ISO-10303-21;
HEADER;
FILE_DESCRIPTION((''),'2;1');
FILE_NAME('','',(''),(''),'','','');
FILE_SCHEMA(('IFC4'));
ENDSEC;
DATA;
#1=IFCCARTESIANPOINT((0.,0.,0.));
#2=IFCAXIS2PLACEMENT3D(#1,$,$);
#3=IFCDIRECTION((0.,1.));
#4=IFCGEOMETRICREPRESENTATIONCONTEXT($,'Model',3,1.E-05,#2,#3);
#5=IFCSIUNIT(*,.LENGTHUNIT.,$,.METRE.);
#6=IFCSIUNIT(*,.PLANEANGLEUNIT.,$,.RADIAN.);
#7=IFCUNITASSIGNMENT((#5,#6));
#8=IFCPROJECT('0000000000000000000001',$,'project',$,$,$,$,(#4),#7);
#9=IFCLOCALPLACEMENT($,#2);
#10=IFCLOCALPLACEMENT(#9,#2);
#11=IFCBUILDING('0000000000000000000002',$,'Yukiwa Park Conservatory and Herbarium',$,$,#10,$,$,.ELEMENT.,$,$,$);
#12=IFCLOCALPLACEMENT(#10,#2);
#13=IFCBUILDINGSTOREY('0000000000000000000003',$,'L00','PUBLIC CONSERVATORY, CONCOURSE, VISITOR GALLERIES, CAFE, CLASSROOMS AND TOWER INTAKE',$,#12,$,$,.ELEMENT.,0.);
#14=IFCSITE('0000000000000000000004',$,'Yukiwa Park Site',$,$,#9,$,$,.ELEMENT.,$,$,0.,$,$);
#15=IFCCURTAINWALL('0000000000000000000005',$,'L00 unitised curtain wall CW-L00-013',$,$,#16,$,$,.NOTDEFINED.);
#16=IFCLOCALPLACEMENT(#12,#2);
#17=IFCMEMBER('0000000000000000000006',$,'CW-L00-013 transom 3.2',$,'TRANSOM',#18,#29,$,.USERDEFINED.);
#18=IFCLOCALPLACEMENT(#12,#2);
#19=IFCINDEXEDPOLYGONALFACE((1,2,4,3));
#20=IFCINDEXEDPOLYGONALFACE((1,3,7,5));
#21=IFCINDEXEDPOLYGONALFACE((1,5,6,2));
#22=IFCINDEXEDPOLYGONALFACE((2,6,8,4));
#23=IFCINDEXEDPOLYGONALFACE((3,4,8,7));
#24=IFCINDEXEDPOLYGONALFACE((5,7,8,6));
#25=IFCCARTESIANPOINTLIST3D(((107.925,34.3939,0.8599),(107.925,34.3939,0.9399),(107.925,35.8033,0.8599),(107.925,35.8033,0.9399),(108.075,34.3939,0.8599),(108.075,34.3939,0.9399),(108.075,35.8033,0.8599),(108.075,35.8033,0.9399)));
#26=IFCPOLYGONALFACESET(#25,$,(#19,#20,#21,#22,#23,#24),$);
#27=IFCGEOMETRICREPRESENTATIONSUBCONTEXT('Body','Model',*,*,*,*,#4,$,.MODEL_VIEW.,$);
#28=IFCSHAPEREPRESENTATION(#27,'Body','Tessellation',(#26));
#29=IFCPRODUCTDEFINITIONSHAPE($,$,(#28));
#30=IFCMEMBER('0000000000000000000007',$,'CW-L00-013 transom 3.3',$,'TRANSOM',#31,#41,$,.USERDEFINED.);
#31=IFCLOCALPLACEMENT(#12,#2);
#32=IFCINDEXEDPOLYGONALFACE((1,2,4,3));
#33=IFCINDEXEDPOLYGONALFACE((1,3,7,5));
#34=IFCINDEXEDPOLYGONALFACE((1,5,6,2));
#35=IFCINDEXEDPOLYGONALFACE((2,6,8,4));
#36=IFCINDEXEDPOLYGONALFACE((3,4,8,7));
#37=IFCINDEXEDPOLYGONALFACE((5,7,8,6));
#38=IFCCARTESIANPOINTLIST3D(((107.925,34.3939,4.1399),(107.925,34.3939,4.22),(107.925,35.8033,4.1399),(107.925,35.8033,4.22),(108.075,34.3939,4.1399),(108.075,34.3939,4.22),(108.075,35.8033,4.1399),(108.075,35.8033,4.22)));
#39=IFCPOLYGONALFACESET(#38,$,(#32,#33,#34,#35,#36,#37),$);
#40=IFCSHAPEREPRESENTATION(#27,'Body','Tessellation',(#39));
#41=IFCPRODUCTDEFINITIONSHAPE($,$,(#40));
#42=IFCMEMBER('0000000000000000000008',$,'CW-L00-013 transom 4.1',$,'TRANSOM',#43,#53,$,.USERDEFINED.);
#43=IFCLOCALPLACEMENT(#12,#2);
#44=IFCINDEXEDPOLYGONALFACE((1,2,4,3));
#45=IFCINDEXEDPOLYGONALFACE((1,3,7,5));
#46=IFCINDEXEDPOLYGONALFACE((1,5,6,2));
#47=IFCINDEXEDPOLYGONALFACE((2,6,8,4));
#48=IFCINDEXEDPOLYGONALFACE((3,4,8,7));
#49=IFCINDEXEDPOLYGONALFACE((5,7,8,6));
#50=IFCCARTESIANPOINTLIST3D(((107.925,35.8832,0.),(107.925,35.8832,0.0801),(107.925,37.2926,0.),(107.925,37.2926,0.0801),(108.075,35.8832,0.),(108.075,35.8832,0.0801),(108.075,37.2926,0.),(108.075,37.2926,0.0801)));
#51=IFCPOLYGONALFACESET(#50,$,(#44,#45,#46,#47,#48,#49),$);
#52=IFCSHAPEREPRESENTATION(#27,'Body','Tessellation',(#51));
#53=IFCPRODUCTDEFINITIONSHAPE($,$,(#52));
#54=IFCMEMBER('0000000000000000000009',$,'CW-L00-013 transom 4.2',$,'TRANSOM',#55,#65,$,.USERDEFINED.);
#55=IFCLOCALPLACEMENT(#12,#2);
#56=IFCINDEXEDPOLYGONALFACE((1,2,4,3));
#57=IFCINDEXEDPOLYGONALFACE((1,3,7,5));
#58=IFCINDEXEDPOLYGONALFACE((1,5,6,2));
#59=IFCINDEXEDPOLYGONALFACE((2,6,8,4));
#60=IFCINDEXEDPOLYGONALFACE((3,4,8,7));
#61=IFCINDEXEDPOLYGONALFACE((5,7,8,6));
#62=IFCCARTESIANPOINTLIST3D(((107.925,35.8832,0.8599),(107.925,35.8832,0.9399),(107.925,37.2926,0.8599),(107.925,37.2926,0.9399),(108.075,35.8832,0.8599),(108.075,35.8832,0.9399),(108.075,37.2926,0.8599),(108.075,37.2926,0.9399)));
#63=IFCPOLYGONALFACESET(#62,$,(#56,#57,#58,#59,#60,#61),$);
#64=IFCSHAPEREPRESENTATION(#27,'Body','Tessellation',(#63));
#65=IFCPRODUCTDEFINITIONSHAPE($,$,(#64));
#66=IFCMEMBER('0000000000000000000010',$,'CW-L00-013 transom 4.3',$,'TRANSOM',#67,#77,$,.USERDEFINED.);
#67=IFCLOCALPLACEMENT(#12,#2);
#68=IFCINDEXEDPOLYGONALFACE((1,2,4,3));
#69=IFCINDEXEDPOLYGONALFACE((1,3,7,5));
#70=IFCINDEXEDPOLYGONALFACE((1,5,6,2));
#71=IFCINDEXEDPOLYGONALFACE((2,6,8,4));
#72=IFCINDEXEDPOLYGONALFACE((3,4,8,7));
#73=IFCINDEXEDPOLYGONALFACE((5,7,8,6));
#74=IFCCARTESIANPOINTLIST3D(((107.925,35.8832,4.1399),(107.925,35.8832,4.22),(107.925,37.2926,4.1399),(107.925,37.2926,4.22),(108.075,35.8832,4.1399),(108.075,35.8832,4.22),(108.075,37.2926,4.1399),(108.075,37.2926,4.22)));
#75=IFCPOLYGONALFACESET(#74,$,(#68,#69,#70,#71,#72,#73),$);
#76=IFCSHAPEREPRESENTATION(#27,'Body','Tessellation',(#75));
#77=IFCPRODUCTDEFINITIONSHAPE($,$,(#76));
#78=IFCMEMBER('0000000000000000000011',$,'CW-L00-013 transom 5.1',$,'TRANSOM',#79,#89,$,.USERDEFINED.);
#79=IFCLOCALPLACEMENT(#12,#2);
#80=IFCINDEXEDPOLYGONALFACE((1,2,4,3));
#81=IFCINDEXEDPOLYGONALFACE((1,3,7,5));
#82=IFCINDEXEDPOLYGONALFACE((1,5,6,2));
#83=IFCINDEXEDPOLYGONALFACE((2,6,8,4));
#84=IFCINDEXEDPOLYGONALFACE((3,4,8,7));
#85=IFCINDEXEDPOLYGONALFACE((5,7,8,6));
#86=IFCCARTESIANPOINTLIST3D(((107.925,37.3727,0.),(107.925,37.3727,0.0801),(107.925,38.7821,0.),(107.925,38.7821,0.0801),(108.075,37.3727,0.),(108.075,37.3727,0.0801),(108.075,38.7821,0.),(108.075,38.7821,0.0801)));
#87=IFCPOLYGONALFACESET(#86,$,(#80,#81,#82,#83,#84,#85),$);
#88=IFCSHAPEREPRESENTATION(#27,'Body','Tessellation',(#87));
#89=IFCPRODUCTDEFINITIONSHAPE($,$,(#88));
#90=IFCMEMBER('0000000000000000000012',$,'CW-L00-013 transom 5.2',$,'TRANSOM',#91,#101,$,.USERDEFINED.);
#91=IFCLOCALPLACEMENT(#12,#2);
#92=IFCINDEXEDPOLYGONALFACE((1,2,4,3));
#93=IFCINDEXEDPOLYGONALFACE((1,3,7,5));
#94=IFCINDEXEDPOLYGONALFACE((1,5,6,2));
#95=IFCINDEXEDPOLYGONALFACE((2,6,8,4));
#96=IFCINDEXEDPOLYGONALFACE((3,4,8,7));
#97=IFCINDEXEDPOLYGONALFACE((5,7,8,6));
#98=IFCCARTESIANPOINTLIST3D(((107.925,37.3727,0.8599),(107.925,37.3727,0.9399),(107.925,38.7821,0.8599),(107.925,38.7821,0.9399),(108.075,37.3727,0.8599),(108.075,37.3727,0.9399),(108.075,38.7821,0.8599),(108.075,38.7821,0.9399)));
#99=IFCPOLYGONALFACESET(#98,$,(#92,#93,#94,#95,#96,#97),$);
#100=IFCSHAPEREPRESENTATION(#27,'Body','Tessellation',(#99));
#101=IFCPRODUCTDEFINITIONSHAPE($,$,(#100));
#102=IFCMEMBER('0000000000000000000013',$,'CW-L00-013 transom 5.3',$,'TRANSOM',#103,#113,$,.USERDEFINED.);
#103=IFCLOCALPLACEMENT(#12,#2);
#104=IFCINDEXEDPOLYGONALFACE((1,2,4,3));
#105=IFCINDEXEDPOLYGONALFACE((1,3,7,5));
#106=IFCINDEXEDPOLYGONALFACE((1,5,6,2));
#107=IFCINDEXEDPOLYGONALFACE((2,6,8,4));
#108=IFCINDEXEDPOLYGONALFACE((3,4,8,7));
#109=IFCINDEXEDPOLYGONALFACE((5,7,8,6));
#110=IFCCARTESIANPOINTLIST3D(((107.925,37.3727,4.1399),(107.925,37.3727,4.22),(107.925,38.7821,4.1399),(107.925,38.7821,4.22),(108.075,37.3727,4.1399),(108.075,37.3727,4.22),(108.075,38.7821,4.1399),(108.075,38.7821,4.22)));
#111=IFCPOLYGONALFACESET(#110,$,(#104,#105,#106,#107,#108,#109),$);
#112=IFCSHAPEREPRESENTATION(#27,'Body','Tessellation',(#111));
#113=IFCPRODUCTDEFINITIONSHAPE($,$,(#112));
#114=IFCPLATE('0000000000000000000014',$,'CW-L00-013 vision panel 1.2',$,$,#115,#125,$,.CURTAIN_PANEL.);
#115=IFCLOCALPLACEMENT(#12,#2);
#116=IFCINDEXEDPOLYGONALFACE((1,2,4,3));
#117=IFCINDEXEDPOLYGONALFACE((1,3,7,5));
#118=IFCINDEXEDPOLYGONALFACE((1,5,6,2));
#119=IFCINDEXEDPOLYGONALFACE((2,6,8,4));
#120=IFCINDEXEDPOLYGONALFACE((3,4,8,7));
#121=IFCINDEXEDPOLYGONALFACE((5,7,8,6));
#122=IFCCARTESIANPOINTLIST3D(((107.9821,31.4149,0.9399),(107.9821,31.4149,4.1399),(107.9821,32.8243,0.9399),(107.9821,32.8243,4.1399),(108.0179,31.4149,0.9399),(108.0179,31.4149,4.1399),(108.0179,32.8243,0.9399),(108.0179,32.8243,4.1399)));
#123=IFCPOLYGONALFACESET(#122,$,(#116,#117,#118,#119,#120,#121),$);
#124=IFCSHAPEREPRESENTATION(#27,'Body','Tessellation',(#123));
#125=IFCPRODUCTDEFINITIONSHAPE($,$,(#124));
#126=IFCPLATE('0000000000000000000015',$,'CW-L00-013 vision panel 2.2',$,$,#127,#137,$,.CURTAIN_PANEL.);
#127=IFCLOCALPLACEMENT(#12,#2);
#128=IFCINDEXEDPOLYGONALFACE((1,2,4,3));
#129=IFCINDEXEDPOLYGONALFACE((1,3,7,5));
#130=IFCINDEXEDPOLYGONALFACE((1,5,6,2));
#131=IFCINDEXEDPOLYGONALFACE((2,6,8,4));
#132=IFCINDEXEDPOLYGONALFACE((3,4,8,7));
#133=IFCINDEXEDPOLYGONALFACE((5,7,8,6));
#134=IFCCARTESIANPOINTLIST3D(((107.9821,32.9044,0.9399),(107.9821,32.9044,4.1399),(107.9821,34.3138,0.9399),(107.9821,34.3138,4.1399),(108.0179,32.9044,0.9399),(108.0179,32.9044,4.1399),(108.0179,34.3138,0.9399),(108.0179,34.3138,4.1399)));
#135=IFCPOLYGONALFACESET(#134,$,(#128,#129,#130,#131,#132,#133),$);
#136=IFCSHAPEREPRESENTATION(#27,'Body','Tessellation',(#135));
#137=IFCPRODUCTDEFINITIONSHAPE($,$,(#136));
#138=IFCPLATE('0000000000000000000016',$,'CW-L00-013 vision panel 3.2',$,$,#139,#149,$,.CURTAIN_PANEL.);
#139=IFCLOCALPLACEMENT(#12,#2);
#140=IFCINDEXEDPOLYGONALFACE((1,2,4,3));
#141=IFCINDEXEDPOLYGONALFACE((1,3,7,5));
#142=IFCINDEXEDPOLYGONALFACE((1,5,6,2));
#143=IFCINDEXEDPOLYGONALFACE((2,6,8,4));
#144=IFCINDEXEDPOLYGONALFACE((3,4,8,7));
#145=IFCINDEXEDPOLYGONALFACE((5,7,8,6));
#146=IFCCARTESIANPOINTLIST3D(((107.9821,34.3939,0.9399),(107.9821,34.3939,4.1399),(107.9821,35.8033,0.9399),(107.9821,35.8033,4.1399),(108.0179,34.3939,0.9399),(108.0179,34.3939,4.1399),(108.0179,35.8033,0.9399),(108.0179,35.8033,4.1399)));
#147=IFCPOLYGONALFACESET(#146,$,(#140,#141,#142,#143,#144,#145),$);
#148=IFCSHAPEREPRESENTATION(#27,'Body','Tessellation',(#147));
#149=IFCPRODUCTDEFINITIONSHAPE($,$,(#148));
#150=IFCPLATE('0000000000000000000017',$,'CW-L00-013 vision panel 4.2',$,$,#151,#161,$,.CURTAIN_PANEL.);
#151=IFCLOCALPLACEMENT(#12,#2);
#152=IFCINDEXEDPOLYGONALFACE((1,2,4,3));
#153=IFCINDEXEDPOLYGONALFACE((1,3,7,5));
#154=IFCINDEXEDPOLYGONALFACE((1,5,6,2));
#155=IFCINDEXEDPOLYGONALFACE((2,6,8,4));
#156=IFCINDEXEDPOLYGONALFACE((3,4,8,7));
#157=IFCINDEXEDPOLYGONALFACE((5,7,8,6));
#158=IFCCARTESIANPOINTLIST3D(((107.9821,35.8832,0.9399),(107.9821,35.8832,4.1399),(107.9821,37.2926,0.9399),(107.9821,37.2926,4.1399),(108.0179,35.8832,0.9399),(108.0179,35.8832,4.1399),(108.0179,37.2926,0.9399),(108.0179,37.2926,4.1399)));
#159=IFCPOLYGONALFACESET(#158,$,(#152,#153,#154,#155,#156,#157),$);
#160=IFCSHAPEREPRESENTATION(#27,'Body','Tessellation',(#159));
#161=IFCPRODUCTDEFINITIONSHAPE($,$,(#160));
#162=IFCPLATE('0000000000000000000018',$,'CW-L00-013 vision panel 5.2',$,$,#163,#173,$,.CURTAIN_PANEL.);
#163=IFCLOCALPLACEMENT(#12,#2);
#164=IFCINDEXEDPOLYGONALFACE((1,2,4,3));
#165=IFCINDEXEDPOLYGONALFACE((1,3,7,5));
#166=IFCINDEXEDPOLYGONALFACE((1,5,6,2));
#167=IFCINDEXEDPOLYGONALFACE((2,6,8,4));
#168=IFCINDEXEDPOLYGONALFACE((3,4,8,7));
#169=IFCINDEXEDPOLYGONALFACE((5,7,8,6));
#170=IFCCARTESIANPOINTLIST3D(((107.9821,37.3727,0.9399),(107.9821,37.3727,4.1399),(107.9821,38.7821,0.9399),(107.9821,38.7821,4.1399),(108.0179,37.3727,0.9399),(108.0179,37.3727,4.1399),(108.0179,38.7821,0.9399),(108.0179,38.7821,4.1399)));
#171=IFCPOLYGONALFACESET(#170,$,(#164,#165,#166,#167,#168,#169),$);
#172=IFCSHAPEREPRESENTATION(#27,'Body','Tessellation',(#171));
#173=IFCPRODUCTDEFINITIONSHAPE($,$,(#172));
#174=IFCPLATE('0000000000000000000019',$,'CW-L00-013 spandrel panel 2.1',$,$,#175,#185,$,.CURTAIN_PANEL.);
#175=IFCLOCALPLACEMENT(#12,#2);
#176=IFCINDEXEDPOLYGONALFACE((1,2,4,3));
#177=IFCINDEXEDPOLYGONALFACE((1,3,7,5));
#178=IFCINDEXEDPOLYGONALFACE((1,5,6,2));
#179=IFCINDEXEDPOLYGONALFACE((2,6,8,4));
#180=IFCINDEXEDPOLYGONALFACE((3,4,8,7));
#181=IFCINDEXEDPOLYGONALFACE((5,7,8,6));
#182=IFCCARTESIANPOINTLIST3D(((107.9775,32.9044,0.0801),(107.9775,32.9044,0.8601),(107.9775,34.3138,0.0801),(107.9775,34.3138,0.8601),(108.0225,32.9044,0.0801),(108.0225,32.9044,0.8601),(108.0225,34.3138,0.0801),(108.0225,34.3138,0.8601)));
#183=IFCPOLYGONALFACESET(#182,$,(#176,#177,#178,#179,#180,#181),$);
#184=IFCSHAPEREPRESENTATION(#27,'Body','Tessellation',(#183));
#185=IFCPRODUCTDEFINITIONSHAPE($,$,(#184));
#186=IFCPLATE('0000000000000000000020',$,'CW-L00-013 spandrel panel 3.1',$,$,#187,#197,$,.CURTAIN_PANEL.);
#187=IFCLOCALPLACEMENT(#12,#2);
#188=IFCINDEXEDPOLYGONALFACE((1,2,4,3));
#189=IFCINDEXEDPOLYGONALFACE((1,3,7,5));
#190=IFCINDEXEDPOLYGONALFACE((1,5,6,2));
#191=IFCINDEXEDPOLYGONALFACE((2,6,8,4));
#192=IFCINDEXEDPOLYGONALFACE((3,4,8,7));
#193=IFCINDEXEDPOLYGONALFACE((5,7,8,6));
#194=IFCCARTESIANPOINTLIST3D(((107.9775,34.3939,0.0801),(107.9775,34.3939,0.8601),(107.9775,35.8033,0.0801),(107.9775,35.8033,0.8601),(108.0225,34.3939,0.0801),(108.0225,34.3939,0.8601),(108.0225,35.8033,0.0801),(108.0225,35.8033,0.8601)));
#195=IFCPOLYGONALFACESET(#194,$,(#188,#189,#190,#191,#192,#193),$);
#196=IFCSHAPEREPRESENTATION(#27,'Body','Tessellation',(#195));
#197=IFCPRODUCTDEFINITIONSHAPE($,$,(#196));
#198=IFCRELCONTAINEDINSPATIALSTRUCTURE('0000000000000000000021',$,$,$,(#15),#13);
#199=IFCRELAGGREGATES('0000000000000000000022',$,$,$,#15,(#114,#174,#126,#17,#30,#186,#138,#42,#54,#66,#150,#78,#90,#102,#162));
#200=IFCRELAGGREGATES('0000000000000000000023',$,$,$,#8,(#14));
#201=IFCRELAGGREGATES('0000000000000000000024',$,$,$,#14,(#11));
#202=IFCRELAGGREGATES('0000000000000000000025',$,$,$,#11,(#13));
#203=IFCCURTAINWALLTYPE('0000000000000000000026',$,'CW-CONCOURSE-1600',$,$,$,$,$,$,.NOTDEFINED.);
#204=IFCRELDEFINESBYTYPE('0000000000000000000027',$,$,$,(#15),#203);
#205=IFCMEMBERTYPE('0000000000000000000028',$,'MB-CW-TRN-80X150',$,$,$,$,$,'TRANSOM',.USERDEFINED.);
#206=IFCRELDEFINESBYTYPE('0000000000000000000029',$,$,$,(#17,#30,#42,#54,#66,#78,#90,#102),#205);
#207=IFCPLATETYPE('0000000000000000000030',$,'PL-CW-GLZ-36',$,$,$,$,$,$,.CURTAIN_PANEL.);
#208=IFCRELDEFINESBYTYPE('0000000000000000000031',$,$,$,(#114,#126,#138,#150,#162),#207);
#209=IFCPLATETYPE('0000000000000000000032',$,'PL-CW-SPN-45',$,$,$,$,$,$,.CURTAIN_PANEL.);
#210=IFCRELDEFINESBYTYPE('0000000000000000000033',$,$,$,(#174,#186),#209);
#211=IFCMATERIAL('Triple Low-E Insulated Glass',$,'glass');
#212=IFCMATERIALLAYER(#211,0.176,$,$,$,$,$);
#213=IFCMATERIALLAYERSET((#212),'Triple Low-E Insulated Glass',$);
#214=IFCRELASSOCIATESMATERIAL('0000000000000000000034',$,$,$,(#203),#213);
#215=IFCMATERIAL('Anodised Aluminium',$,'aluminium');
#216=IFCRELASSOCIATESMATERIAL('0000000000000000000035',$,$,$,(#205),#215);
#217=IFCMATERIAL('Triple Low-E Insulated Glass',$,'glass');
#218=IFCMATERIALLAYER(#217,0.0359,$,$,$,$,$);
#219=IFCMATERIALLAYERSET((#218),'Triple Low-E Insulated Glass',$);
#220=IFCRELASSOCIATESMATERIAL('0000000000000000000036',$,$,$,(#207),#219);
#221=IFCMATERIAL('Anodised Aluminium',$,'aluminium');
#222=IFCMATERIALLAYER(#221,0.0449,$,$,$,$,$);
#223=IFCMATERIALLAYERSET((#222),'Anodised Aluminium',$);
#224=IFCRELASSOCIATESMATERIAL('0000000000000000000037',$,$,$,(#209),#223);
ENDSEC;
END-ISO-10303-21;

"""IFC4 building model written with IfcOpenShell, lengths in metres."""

from ifc_helpers import new_model, si_unit, direction, frame, origin, origin_2d, place, context, subcontext, project, spatial, rectangle, extrude, material, layer, layer_set, type_object, element, aggregate, save


model = new_model("IFC4")

# Units and contexts
model_context = context("Model", 3, precision=1e-05, world=origin(), true_north=direction((0.0, 1.0)))
body_context = subcontext(model_context, "Body", "Model", "MODEL_VIEW")
ifc_project = project(units=[si_unit("LENGTHUNIT", "METRE"), si_unit("PLANEANGLEUNIT", "RADIAN")], contexts=[model_context])

# Site, building, storey
site_placement = place(None, origin())
site = spatial("IfcSite", under=ifc_project, at=site_placement, Name="Yukiwa Park Site", CompositionType="ELEMENT", RefElevation=0.0)
building_placement = place(site_placement, origin())
building = spatial("IfcBuilding", under=site, at=building_placement, Name="Yukiwa Park Conservatory and Herbarium", CompositionType="ELEMENT")
storey_placement = place(building_placement, origin())
storey = spatial("IfcBuildingStorey", under=building, at=storey_placement, Name="L00", Description="PUBLIC CONSERVATORY, CONCOURSE, VISITOR GALLERIES, CAFE, CLASSROOMS AND TOWER INTAKE", CompositionType="ELEMENT", Elevation=0.0)

# Curtain wall, members, plates
ifc_material_1 = material(Name="Triple Low-E Insulated Glass", Category="glass")
ifc_layer_1 = layer(ifc_material_1, 0.176)
ifc_layer_set_1 = layer_set([ifc_layer_1], Name="Triple Low-E Insulated Glass")
curtain_wall_type = type_object("IfcCurtainWallType", Name="CW-CONCOURSE-1600", PredefinedType="NOTDEFINED", material=ifc_layer_set_1)
curtain_wall_placement = place(storey_placement, origin())
curtain_wall = element("IfcCurtainWall", 1, at=curtain_wall_placement, inside=storey, type_object=curtain_wall_type, Name="L00 unitised curtain wall CW-L00-013", PredefinedType="NOTDEFINED")
ifc_material_2 = material(Name="Anodised Aluminium", Category="aluminium")
member_type_1 = type_object("IfcMemberType", Name="MB-CW-TRN-80X150", ElementType="TRANSOM", PredefinedType="USERDEFINED", material=ifc_material_2)
member_1_placement = place(storey_placement, frame((108.0, 35.0986, 0.8599), z_axis=(0.0, 0.0, 1.0), x_axis=(0.0, 1.0, 0.0)))
member_1 = element("IfcMember", 2, at=member_1_placement, type_object=member_type_1, Name="CW-L00-013 transom 3.2", ObjectType="TRANSOM", PredefinedType="USERDEFINED", context=body_context, shape_type="SweptSolid", body=[
    extrude(rectangle(XDim=1.4094, YDim=0.1499, at=origin_2d()), origin(), (0.0, 0.0, 1.0), 0.0801),
])
member_2_placement = place(storey_placement, frame((108.0, 35.0986, 4.1399), z_axis=(0.0, 0.0, 1.0), x_axis=(0.0, 1.0, 0.0)))
member_2 = element("IfcMember", 3, at=member_2_placement, type_object=member_type_1, Name="CW-L00-013 transom 3.3", ObjectType="TRANSOM", PredefinedType="USERDEFINED", context=body_context, shape_type="SweptSolid", body=[
    extrude(rectangle(XDim=1.4094, YDim=0.1499, at=origin_2d()), origin(), (0.0, 0.0, 1.0), 0.0801),
])
member_3_placement = place(storey_placement, frame((108.0, 36.5879, 0.0), z_axis=(0.0, 0.0, 1.0), x_axis=(0.0, 1.0, 0.0)))
member_3 = element("IfcMember", 4, at=member_3_placement, type_object=member_type_1, Name="CW-L00-013 transom 4.1", ObjectType="TRANSOM", PredefinedType="USERDEFINED", context=body_context, shape_type="SweptSolid", body=[
    extrude(rectangle(XDim=1.4094, YDim=0.1499, at=origin_2d()), origin(), (0.0, 0.0, 1.0), 0.0801),
])
member_4_placement = place(storey_placement, frame((108.0, 36.5879, 0.8599), z_axis=(0.0, 0.0, 1.0), x_axis=(0.0, 1.0, 0.0)))
member_4 = element("IfcMember", 5, at=member_4_placement, type_object=member_type_1, Name="CW-L00-013 transom 4.2", ObjectType="TRANSOM", PredefinedType="USERDEFINED", context=body_context, shape_type="SweptSolid", body=[
    extrude(rectangle(XDim=1.4094, YDim=0.1499, at=origin_2d()), origin(), (0.0, 0.0, 1.0), 0.0801),
])
member_5_placement = place(storey_placement, frame((108.0, 36.5879, 4.1399), z_axis=(0.0, 0.0, 1.0), x_axis=(0.0, 1.0, 0.0)))
member_5 = element("IfcMember", 6, at=member_5_placement, type_object=member_type_1, Name="CW-L00-013 transom 4.3", ObjectType="TRANSOM", PredefinedType="USERDEFINED", context=body_context, shape_type="SweptSolid", body=[
    extrude(rectangle(XDim=1.4094, YDim=0.1499, at=origin_2d()), origin(), (0.0, 0.0, 1.0), 0.0801),
])
member_6_placement = place(storey_placement, frame((108.0, 38.0774, 0.0), z_axis=(0.0, 0.0, 1.0), x_axis=(0.0, 1.0, 0.0)))
member_6 = element("IfcMember", 7, at=member_6_placement, type_object=member_type_1, Name="CW-L00-013 transom 5.1", ObjectType="TRANSOM", PredefinedType="USERDEFINED", context=body_context, shape_type="SweptSolid", body=[
    extrude(rectangle(XDim=1.4094, YDim=0.1499, at=origin_2d()), origin(), (0.0, 0.0, 1.0), 0.0801),
])
member_7_placement = place(storey_placement, frame((108.0, 38.0774, 0.8599), z_axis=(0.0, 0.0, 1.0), x_axis=(0.0, 1.0, 0.0)))
member_7 = element("IfcMember", 8, at=member_7_placement, type_object=member_type_1, Name="CW-L00-013 transom 5.2", ObjectType="TRANSOM", PredefinedType="USERDEFINED", context=body_context, shape_type="SweptSolid", body=[
    extrude(rectangle(XDim=1.4094, YDim=0.1499, at=origin_2d()), origin(), (0.0, 0.0, 1.0), 0.0801),
])
member_8_placement = place(storey_placement, frame((108.0, 38.0774, 4.1399), z_axis=(0.0, 0.0, 1.0), x_axis=(0.0, 1.0, 0.0)))
member_8 = element("IfcMember", 9, at=member_8_placement, type_object=member_type_1, Name="CW-L00-013 transom 5.3", ObjectType="TRANSOM", PredefinedType="USERDEFINED", context=body_context, shape_type="SweptSolid", body=[
    extrude(rectangle(XDim=1.4094, YDim=0.1499, at=origin_2d()), origin(), (0.0, 0.0, 1.0), 0.0801),
])
ifc_material_3 = material(Name="Triple Low-E Insulated Glass", Category="glass")
ifc_layer_2 = layer(ifc_material_3, 0.0359)
ifc_layer_set_2 = layer_set([ifc_layer_2], Name="Triple Low-E Insulated Glass")
plate_type_1 = type_object("IfcPlateType", Name="PL-CW-GLZ-36", PredefinedType="CURTAIN_PANEL", material=ifc_layer_set_2)
plate_1_placement = place(storey_placement, frame((108.0, 32.1196, 0.9399), z_axis=(0.0, 0.0, 1.0), x_axis=(0.0, 1.0, 0.0)))
plate_1 = element("IfcPlate", 10, at=plate_1_placement, type_object=plate_type_1, Name="CW-L00-013 vision panel 1.2", PredefinedType="CURTAIN_PANEL", context=body_context, shape_type="SweptSolid", body=[
    extrude(rectangle(XDim=1.4094, YDim=0.0359, at=origin_2d()), origin(), (0.0, 0.0, 1.0), 3.2),
])
plate_2_placement = place(storey_placement, frame((108.0, 33.6091, 0.9399), z_axis=(0.0, 0.0, 1.0), x_axis=(0.0, 1.0, 0.0)))
plate_2 = element("IfcPlate", 11, at=plate_2_placement, type_object=plate_type_1, Name="CW-L00-013 vision panel 2.2", PredefinedType="CURTAIN_PANEL", context=body_context, shape_type="SweptSolid", body=[
    extrude(rectangle(XDim=1.4094, YDim=0.0359, at=origin_2d()), origin(), (0.0, 0.0, 1.0), 3.2),
])
plate_3_placement = place(storey_placement, frame((108.0, 35.0986, 0.9399), z_axis=(0.0, 0.0, 1.0), x_axis=(0.0, 1.0, 0.0)))
plate_3 = element("IfcPlate", 12, at=plate_3_placement, type_object=plate_type_1, Name="CW-L00-013 vision panel 3.2", PredefinedType="CURTAIN_PANEL", context=body_context, shape_type="SweptSolid", body=[
    extrude(rectangle(XDim=1.4094, YDim=0.0359, at=origin_2d()), origin(), (0.0, 0.0, 1.0), 3.2),
])
plate_4_placement = place(storey_placement, frame((108.0, 36.5879, 0.9399), z_axis=(0.0, 0.0, 1.0), x_axis=(0.0, 1.0, 0.0)))
plate_4 = element("IfcPlate", 13, at=plate_4_placement, type_object=plate_type_1, Name="CW-L00-013 vision panel 4.2", PredefinedType="CURTAIN_PANEL", context=body_context, shape_type="SweptSolid", body=[
    extrude(rectangle(XDim=1.4094, YDim=0.0359, at=origin_2d()), origin(), (0.0, 0.0, 1.0), 3.2),
])
plate_5_placement = place(storey_placement, frame((108.0, 38.0774, 0.9399), z_axis=(0.0, 0.0, 1.0), x_axis=(0.0, 1.0, 0.0)))
plate_5 = element("IfcPlate", 14, at=plate_5_placement, type_object=plate_type_1, Name="CW-L00-013 vision panel 5.2", PredefinedType="CURTAIN_PANEL", context=body_context, shape_type="SweptSolid", body=[
    extrude(rectangle(XDim=1.4094, YDim=0.0359, at=origin_2d()), origin(), (0.0, 0.0, 1.0), 3.2),
])
ifc_material_4 = material(Name="Anodised Aluminium", Category="aluminium")
ifc_layer_3 = layer(ifc_material_4, 0.0449)
ifc_layer_set_3 = layer_set([ifc_layer_3], Name="Anodised Aluminium")
plate_type_2 = type_object("IfcPlateType", Name="PL-CW-SPN-45", PredefinedType="CURTAIN_PANEL", material=ifc_layer_set_3)
plate_6_placement = place(storey_placement, frame((108.0, 33.6091, 0.0801), z_axis=(0.0, 0.0, 1.0), x_axis=(0.0, 1.0, 0.0)))
plate_6 = element("IfcPlate", 15, at=plate_6_placement, type_object=plate_type_2, Name="CW-L00-013 spandrel panel 2.1", PredefinedType="CURTAIN_PANEL", context=body_context, shape_type="SweptSolid", body=[
    extrude(rectangle(XDim=1.4094, YDim=0.0449, at=origin_2d()), origin(), (0.0, 0.0, 1.0), 0.78),
])
plate_7_placement = place(storey_placement, frame((108.0, 35.0986, 0.0801), z_axis=(0.0, 0.0, 1.0), x_axis=(0.0, 1.0, 0.0)))
plate_7 = element("IfcPlate", 16, at=plate_7_placement, type_object=plate_type_2, Name="CW-L00-013 spandrel panel 3.1", PredefinedType="CURTAIN_PANEL", context=body_context, shape_type="SweptSolid", body=[
    extrude(rectangle(XDim=1.4094, YDim=0.0449, at=origin_2d()), origin(), (0.0, 0.0, 1.0), 0.78),
])
aggregate(curtain_wall, [plate_1, plate_6, plate_2, member_1, member_2, plate_7, plate_3, member_3, member_4, member_5, plate_4, member_6, member_7, member_8, plate_5])

save(model, "model.ifc")
